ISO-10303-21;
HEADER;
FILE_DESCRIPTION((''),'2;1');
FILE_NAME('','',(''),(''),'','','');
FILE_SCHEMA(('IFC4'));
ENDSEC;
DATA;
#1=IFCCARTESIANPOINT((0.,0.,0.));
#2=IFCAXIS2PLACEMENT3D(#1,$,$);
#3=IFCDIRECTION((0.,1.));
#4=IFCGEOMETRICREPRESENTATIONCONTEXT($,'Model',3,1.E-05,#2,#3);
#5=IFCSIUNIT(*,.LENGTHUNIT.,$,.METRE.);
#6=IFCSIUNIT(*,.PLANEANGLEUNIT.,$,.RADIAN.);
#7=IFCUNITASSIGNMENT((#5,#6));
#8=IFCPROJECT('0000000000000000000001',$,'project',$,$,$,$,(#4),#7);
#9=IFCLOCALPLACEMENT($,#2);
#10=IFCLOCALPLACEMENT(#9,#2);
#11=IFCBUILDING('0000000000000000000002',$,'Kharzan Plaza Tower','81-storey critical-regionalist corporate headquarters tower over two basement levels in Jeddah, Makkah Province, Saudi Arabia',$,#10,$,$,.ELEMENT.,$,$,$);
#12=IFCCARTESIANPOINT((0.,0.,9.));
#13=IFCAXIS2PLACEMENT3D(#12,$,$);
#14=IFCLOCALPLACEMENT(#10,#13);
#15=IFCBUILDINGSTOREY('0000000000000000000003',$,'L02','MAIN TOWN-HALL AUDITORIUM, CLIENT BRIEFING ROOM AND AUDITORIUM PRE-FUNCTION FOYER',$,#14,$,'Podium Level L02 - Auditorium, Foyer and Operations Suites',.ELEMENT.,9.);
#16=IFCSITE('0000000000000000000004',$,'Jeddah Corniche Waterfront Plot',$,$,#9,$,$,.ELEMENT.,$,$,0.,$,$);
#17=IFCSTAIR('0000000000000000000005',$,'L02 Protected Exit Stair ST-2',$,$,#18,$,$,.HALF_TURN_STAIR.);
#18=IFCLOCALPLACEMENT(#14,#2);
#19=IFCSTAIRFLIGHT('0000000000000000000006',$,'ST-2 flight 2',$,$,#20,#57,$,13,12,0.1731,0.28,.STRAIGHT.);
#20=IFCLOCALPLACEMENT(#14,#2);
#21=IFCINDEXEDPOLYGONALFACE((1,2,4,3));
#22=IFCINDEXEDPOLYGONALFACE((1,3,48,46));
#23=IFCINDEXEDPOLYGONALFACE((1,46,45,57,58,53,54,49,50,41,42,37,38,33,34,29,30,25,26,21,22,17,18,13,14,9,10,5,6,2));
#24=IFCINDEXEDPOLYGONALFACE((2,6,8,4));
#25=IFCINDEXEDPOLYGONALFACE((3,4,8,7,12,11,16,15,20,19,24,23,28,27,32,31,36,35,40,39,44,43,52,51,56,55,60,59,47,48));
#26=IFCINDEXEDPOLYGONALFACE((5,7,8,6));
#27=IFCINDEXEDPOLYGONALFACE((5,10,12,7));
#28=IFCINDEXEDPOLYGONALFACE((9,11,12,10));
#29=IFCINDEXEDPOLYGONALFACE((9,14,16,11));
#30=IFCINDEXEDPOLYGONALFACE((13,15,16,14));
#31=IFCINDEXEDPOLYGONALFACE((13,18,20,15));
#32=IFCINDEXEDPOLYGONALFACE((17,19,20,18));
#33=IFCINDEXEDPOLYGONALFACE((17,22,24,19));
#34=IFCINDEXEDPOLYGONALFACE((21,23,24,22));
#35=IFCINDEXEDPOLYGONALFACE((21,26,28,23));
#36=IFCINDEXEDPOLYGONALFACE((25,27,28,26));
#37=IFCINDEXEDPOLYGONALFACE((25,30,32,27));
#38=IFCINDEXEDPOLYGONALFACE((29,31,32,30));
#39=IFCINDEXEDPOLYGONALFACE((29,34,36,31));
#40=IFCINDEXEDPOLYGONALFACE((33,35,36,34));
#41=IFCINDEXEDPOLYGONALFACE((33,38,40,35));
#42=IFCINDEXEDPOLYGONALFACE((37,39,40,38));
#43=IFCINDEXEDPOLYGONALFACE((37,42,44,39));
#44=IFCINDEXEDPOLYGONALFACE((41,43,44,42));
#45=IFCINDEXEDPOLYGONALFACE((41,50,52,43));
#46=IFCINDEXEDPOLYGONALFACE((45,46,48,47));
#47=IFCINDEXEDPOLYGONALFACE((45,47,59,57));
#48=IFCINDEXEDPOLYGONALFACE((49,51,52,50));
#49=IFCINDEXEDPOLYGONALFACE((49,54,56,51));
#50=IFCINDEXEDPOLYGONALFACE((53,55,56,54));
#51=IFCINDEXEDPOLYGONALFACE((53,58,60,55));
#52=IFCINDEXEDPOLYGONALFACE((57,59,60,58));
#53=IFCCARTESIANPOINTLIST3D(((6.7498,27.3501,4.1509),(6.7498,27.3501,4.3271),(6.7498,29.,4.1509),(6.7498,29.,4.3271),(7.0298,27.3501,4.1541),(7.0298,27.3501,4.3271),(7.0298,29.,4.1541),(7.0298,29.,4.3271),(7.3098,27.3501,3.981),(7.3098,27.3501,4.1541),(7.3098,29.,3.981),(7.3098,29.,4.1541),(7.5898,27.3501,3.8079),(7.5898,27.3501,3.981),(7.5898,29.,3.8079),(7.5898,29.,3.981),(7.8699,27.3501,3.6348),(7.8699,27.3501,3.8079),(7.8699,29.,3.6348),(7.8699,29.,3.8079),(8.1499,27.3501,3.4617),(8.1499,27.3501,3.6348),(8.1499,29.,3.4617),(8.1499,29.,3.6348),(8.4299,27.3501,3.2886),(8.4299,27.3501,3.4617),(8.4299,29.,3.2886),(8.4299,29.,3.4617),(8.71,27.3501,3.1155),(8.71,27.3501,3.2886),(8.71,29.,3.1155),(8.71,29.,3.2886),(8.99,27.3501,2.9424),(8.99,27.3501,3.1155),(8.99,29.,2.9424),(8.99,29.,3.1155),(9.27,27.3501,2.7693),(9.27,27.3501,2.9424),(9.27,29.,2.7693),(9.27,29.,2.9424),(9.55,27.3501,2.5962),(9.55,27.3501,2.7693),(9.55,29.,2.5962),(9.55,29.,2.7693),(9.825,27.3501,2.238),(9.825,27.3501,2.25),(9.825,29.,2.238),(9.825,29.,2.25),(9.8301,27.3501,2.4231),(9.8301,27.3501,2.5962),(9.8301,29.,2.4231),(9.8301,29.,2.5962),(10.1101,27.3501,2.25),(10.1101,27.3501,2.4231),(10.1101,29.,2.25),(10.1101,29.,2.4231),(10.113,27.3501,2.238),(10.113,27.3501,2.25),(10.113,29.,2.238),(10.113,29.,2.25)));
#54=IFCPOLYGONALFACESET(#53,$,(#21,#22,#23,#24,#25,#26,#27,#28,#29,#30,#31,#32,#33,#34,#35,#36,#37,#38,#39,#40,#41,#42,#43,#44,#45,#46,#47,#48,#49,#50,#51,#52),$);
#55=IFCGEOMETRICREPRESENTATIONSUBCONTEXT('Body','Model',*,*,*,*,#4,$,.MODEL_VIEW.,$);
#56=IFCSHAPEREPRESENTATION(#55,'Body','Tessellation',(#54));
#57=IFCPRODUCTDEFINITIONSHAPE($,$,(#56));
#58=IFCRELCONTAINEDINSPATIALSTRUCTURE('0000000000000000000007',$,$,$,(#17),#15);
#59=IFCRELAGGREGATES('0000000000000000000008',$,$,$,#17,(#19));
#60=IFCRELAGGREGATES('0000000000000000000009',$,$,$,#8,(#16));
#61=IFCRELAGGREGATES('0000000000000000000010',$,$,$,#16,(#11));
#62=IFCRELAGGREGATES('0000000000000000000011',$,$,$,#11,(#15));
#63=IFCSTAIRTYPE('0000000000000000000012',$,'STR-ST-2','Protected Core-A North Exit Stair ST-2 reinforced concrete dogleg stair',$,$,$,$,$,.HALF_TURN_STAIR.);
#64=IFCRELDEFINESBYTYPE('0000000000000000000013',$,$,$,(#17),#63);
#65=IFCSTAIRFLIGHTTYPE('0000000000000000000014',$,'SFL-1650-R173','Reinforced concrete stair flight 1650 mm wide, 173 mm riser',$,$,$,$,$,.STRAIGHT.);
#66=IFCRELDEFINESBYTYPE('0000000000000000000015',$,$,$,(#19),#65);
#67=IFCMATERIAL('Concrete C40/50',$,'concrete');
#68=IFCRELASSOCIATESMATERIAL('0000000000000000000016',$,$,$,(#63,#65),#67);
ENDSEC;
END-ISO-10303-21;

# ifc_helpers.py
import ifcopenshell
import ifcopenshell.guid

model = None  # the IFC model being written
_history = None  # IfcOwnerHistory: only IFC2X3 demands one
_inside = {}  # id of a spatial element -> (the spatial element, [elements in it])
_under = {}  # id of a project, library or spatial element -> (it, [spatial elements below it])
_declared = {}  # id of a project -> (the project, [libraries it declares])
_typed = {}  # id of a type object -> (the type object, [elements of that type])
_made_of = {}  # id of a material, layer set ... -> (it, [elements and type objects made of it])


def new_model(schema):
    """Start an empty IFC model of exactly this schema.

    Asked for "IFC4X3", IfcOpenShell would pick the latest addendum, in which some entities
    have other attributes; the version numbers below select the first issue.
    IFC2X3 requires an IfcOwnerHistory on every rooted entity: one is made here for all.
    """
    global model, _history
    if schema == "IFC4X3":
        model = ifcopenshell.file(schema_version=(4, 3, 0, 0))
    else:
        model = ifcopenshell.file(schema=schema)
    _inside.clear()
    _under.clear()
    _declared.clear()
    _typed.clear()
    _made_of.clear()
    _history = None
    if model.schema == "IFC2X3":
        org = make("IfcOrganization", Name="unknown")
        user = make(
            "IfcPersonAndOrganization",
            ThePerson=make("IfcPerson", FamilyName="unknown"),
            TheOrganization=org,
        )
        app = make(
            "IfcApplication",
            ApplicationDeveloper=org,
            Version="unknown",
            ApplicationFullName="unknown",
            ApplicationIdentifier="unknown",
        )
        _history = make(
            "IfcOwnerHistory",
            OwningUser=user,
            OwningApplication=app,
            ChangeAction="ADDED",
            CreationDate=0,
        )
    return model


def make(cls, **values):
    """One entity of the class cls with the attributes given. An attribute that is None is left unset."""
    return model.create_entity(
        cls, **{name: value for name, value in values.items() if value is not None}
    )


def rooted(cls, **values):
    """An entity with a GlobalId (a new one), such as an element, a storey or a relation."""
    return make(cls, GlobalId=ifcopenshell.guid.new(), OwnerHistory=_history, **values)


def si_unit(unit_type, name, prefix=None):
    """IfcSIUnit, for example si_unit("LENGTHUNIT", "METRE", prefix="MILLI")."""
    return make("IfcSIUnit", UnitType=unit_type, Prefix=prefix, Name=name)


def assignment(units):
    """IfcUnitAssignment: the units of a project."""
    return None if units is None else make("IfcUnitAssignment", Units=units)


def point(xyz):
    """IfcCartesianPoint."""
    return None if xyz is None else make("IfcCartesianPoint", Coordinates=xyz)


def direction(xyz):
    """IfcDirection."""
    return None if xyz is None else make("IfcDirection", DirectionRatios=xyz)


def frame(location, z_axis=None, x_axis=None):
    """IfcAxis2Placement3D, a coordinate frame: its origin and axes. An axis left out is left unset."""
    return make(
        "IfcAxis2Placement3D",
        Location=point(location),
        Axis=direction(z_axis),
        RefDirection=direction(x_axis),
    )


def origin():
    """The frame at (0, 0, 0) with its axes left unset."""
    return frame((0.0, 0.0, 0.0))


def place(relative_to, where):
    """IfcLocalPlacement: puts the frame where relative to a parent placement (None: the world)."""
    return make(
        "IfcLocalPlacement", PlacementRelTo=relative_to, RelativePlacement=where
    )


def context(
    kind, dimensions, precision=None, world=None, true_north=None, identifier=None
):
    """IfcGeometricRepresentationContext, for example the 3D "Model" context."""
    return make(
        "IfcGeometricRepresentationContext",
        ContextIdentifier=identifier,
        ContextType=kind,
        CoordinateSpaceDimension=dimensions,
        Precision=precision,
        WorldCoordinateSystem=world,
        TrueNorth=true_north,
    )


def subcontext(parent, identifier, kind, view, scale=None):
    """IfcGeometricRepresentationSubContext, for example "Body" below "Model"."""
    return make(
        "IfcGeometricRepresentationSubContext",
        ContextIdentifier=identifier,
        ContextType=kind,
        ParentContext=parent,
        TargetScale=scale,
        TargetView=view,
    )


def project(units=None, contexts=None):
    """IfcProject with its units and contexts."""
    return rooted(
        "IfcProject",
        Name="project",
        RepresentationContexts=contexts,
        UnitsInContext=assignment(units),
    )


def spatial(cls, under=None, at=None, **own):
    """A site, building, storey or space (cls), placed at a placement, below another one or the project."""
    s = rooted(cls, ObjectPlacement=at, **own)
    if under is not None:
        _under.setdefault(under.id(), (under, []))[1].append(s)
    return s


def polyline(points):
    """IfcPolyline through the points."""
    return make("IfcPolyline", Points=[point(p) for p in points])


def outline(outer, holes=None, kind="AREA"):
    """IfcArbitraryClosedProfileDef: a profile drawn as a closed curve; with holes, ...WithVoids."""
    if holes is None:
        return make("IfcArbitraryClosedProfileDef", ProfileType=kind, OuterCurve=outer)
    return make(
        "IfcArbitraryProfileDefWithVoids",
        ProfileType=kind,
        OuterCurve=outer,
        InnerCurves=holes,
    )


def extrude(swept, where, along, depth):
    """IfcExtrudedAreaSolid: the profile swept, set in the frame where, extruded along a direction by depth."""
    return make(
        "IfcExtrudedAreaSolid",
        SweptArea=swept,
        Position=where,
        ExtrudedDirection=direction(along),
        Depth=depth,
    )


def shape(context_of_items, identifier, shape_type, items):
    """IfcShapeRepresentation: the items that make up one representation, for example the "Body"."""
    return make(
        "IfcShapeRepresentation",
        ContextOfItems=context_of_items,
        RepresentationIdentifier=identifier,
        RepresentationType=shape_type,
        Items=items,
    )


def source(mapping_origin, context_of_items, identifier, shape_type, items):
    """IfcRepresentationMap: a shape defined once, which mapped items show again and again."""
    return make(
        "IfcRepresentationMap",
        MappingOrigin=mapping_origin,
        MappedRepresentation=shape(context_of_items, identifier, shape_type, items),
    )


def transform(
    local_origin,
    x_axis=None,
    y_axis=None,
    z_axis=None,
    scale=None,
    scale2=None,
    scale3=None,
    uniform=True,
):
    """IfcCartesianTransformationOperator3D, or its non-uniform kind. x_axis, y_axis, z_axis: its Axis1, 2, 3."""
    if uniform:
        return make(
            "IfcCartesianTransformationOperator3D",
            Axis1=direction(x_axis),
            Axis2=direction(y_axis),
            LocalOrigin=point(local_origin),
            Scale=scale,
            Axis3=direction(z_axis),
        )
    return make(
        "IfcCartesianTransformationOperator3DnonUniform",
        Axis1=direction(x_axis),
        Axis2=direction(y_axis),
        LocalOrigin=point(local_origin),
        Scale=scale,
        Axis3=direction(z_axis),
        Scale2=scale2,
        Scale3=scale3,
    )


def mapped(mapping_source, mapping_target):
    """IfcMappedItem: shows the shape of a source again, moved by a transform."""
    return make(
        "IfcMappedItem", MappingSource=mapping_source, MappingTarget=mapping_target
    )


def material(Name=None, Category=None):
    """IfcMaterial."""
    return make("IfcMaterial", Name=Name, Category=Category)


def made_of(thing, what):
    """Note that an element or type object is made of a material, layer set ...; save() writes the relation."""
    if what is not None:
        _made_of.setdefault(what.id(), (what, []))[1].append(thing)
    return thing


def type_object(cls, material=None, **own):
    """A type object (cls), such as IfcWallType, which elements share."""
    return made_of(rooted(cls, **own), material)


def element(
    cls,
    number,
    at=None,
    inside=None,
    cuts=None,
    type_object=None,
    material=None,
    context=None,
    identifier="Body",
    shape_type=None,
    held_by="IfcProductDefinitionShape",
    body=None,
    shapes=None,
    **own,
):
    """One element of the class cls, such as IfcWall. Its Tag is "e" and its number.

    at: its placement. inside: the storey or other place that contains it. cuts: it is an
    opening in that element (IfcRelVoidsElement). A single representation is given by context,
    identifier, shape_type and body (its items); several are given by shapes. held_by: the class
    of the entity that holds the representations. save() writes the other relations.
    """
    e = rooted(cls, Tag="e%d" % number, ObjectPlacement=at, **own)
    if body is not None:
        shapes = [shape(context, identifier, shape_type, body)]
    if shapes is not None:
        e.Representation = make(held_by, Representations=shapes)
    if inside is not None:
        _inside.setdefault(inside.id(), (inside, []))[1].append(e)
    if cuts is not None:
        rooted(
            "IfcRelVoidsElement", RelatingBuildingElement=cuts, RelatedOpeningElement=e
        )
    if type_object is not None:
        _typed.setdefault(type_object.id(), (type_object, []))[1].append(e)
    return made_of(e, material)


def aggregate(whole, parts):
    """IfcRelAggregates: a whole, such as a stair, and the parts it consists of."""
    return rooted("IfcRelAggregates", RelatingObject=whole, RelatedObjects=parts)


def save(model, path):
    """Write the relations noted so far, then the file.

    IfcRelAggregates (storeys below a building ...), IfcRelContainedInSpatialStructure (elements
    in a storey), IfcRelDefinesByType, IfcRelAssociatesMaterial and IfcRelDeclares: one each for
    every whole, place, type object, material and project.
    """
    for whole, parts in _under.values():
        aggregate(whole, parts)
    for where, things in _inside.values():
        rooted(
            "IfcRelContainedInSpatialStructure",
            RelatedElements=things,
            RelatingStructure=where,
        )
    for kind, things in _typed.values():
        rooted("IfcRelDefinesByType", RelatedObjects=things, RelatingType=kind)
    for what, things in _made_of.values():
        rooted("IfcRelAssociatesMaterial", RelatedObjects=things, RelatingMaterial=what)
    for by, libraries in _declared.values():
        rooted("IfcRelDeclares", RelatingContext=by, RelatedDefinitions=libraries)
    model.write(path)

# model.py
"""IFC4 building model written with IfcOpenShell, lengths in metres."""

from ifc_helpers import new_model, si_unit, direction, frame, origin, place, context, subcontext, project, spatial, polyline, outline, extrude, source, transform, mapped, material, type_object, element, aggregate, save


model = new_model("IFC4")

# Units and contexts
model_context = context("Model", 3, precision=1e-05, world=origin(), true_north=direction((0.0, 1.0)))
body_context = subcontext(model_context, "Body", "Model", "MODEL_VIEW")
ifc_project = project(units=[si_unit("LENGTHUNIT", "METRE"), si_unit("PLANEANGLEUNIT", "RADIAN")], contexts=[model_context])

# Site, building, storey
site_placement = place(None, origin())
site = spatial("IfcSite", under=ifc_project, at=site_placement, Name="Jeddah Corniche Waterfront Plot", CompositionType="ELEMENT", RefElevation=0.0)
building_placement = place(site_placement, origin())
building = spatial("IfcBuilding", under=site, at=building_placement, Name="Kharzan Plaza Tower", Description="81-storey critical-regionalist corporate headquarters tower over two basement levels in Jeddah, Makkah Province, Saudi Arabia", CompositionType="ELEMENT")
storey_placement = place(building_placement, frame((0.0, 0.0, 9.0)))
storey = spatial("IfcBuildingStorey", under=building, at=storey_placement, Name="L02", Description="MAIN TOWN-HALL AUDITORIUM, CLIENT BRIEFING ROOM AND AUDITORIUM PRE-FUNCTION FOYER", LongName="Podium Level L02 - Auditorium, Foyer and Operations Suites", CompositionType="ELEMENT", Elevation=9.0)

# Shared definitions
ifc_material_1 = material(Name="Concrete C40/50", Category="concrete")

# Stair, stair flight
stair_type = type_object("IfcStairType", Name="STR-ST-2", Description="Protected Core-A North Exit Stair ST-2 reinforced concrete dogleg stair", PredefinedType="HALF_TURN_STAIR", material=ifc_material_1)
stair_placement = place(storey_placement, origin())
stair = element("IfcStair", 1, at=stair_placement, inside=storey, type_object=stair_type, Name="L02 Protected Exit Stair ST-2", PredefinedType="HALF_TURN_STAIR")
stair_flight_type = type_object("IfcStairFlightType", Name="SFL-1650-R173", Description="Reinforced concrete stair flight 1650 mm wide, 173 mm riser", PredefinedType="STRAIGHT", material=ifc_material_1)
shared_shape_1 = source(origin(), body_context, "Body", "SweptSolid", [
    extrude(outline(polyline([(-0.0029, -0.012), (-0.0029, 0.0), (0.0, 0.0), (0.0, 0.1731), (0.28, 0.1731), (0.28, 0.3462), (0.5601, 0.3462), (0.5601, 0.5193), (0.8401, 0.5193), (0.8401, 0.6924), (1.1201, 0.6924), (1.1201, 0.8655), (1.4001, 0.8655), (1.4001, 1.0386), (1.6802, 1.0386), (1.6802, 1.2117), (1.9602, 1.2117), (1.9602, 1.3848), (2.2402, 1.3848), (2.2402, 1.5579), (2.5203, 1.5579), (2.5203, 1.731), (2.8003, 1.731), (2.8003, 1.9041), (3.0803, 1.9041), (3.0803, 2.0771), (3.3604, 2.0771), (3.3604, 2.2502), (3.3604, 1.9009), (0.2852, 0.0), (0.2852, -0.012), (-0.0029, -0.012)])), frame((0.0, 0.825, 0.0), z_axis=(0.0, -1.0, 0.0), x_axis=(1.0, 0.0, 0.0)), (0.0, 0.0, 1.0), 1.6499),
])
stair_flight_placement = place(storey_placement, frame((10.1101, 28.175, 2.25), z_axis=(0.0, 0.0, 1.0), x_axis=(-1.0, 0.0, 0.0)))
stair_flight = element("IfcStairFlight", 2, at=stair_flight_placement, type_object=stair_flight_type, Name="ST-2 flight 2", NumberOfRisers=13, NumberOfTreads=12, PredefinedType="STRAIGHT", RiserHeight=0.1731, TreadLength=0.28, context=body_context, shape_type="MappedRepresentation", body=[
    mapped(shared_shape_1, transform((0.0, 0.0, 0.0), x_axis=(1.0, 0.0, 0.0), y_axis=(0.0, 1.0, 0.0), z_axis=(0.0, 0.0, 1.0))),
])
aggregate(stair, [stair_flight])

save(model, "model.ifc")
